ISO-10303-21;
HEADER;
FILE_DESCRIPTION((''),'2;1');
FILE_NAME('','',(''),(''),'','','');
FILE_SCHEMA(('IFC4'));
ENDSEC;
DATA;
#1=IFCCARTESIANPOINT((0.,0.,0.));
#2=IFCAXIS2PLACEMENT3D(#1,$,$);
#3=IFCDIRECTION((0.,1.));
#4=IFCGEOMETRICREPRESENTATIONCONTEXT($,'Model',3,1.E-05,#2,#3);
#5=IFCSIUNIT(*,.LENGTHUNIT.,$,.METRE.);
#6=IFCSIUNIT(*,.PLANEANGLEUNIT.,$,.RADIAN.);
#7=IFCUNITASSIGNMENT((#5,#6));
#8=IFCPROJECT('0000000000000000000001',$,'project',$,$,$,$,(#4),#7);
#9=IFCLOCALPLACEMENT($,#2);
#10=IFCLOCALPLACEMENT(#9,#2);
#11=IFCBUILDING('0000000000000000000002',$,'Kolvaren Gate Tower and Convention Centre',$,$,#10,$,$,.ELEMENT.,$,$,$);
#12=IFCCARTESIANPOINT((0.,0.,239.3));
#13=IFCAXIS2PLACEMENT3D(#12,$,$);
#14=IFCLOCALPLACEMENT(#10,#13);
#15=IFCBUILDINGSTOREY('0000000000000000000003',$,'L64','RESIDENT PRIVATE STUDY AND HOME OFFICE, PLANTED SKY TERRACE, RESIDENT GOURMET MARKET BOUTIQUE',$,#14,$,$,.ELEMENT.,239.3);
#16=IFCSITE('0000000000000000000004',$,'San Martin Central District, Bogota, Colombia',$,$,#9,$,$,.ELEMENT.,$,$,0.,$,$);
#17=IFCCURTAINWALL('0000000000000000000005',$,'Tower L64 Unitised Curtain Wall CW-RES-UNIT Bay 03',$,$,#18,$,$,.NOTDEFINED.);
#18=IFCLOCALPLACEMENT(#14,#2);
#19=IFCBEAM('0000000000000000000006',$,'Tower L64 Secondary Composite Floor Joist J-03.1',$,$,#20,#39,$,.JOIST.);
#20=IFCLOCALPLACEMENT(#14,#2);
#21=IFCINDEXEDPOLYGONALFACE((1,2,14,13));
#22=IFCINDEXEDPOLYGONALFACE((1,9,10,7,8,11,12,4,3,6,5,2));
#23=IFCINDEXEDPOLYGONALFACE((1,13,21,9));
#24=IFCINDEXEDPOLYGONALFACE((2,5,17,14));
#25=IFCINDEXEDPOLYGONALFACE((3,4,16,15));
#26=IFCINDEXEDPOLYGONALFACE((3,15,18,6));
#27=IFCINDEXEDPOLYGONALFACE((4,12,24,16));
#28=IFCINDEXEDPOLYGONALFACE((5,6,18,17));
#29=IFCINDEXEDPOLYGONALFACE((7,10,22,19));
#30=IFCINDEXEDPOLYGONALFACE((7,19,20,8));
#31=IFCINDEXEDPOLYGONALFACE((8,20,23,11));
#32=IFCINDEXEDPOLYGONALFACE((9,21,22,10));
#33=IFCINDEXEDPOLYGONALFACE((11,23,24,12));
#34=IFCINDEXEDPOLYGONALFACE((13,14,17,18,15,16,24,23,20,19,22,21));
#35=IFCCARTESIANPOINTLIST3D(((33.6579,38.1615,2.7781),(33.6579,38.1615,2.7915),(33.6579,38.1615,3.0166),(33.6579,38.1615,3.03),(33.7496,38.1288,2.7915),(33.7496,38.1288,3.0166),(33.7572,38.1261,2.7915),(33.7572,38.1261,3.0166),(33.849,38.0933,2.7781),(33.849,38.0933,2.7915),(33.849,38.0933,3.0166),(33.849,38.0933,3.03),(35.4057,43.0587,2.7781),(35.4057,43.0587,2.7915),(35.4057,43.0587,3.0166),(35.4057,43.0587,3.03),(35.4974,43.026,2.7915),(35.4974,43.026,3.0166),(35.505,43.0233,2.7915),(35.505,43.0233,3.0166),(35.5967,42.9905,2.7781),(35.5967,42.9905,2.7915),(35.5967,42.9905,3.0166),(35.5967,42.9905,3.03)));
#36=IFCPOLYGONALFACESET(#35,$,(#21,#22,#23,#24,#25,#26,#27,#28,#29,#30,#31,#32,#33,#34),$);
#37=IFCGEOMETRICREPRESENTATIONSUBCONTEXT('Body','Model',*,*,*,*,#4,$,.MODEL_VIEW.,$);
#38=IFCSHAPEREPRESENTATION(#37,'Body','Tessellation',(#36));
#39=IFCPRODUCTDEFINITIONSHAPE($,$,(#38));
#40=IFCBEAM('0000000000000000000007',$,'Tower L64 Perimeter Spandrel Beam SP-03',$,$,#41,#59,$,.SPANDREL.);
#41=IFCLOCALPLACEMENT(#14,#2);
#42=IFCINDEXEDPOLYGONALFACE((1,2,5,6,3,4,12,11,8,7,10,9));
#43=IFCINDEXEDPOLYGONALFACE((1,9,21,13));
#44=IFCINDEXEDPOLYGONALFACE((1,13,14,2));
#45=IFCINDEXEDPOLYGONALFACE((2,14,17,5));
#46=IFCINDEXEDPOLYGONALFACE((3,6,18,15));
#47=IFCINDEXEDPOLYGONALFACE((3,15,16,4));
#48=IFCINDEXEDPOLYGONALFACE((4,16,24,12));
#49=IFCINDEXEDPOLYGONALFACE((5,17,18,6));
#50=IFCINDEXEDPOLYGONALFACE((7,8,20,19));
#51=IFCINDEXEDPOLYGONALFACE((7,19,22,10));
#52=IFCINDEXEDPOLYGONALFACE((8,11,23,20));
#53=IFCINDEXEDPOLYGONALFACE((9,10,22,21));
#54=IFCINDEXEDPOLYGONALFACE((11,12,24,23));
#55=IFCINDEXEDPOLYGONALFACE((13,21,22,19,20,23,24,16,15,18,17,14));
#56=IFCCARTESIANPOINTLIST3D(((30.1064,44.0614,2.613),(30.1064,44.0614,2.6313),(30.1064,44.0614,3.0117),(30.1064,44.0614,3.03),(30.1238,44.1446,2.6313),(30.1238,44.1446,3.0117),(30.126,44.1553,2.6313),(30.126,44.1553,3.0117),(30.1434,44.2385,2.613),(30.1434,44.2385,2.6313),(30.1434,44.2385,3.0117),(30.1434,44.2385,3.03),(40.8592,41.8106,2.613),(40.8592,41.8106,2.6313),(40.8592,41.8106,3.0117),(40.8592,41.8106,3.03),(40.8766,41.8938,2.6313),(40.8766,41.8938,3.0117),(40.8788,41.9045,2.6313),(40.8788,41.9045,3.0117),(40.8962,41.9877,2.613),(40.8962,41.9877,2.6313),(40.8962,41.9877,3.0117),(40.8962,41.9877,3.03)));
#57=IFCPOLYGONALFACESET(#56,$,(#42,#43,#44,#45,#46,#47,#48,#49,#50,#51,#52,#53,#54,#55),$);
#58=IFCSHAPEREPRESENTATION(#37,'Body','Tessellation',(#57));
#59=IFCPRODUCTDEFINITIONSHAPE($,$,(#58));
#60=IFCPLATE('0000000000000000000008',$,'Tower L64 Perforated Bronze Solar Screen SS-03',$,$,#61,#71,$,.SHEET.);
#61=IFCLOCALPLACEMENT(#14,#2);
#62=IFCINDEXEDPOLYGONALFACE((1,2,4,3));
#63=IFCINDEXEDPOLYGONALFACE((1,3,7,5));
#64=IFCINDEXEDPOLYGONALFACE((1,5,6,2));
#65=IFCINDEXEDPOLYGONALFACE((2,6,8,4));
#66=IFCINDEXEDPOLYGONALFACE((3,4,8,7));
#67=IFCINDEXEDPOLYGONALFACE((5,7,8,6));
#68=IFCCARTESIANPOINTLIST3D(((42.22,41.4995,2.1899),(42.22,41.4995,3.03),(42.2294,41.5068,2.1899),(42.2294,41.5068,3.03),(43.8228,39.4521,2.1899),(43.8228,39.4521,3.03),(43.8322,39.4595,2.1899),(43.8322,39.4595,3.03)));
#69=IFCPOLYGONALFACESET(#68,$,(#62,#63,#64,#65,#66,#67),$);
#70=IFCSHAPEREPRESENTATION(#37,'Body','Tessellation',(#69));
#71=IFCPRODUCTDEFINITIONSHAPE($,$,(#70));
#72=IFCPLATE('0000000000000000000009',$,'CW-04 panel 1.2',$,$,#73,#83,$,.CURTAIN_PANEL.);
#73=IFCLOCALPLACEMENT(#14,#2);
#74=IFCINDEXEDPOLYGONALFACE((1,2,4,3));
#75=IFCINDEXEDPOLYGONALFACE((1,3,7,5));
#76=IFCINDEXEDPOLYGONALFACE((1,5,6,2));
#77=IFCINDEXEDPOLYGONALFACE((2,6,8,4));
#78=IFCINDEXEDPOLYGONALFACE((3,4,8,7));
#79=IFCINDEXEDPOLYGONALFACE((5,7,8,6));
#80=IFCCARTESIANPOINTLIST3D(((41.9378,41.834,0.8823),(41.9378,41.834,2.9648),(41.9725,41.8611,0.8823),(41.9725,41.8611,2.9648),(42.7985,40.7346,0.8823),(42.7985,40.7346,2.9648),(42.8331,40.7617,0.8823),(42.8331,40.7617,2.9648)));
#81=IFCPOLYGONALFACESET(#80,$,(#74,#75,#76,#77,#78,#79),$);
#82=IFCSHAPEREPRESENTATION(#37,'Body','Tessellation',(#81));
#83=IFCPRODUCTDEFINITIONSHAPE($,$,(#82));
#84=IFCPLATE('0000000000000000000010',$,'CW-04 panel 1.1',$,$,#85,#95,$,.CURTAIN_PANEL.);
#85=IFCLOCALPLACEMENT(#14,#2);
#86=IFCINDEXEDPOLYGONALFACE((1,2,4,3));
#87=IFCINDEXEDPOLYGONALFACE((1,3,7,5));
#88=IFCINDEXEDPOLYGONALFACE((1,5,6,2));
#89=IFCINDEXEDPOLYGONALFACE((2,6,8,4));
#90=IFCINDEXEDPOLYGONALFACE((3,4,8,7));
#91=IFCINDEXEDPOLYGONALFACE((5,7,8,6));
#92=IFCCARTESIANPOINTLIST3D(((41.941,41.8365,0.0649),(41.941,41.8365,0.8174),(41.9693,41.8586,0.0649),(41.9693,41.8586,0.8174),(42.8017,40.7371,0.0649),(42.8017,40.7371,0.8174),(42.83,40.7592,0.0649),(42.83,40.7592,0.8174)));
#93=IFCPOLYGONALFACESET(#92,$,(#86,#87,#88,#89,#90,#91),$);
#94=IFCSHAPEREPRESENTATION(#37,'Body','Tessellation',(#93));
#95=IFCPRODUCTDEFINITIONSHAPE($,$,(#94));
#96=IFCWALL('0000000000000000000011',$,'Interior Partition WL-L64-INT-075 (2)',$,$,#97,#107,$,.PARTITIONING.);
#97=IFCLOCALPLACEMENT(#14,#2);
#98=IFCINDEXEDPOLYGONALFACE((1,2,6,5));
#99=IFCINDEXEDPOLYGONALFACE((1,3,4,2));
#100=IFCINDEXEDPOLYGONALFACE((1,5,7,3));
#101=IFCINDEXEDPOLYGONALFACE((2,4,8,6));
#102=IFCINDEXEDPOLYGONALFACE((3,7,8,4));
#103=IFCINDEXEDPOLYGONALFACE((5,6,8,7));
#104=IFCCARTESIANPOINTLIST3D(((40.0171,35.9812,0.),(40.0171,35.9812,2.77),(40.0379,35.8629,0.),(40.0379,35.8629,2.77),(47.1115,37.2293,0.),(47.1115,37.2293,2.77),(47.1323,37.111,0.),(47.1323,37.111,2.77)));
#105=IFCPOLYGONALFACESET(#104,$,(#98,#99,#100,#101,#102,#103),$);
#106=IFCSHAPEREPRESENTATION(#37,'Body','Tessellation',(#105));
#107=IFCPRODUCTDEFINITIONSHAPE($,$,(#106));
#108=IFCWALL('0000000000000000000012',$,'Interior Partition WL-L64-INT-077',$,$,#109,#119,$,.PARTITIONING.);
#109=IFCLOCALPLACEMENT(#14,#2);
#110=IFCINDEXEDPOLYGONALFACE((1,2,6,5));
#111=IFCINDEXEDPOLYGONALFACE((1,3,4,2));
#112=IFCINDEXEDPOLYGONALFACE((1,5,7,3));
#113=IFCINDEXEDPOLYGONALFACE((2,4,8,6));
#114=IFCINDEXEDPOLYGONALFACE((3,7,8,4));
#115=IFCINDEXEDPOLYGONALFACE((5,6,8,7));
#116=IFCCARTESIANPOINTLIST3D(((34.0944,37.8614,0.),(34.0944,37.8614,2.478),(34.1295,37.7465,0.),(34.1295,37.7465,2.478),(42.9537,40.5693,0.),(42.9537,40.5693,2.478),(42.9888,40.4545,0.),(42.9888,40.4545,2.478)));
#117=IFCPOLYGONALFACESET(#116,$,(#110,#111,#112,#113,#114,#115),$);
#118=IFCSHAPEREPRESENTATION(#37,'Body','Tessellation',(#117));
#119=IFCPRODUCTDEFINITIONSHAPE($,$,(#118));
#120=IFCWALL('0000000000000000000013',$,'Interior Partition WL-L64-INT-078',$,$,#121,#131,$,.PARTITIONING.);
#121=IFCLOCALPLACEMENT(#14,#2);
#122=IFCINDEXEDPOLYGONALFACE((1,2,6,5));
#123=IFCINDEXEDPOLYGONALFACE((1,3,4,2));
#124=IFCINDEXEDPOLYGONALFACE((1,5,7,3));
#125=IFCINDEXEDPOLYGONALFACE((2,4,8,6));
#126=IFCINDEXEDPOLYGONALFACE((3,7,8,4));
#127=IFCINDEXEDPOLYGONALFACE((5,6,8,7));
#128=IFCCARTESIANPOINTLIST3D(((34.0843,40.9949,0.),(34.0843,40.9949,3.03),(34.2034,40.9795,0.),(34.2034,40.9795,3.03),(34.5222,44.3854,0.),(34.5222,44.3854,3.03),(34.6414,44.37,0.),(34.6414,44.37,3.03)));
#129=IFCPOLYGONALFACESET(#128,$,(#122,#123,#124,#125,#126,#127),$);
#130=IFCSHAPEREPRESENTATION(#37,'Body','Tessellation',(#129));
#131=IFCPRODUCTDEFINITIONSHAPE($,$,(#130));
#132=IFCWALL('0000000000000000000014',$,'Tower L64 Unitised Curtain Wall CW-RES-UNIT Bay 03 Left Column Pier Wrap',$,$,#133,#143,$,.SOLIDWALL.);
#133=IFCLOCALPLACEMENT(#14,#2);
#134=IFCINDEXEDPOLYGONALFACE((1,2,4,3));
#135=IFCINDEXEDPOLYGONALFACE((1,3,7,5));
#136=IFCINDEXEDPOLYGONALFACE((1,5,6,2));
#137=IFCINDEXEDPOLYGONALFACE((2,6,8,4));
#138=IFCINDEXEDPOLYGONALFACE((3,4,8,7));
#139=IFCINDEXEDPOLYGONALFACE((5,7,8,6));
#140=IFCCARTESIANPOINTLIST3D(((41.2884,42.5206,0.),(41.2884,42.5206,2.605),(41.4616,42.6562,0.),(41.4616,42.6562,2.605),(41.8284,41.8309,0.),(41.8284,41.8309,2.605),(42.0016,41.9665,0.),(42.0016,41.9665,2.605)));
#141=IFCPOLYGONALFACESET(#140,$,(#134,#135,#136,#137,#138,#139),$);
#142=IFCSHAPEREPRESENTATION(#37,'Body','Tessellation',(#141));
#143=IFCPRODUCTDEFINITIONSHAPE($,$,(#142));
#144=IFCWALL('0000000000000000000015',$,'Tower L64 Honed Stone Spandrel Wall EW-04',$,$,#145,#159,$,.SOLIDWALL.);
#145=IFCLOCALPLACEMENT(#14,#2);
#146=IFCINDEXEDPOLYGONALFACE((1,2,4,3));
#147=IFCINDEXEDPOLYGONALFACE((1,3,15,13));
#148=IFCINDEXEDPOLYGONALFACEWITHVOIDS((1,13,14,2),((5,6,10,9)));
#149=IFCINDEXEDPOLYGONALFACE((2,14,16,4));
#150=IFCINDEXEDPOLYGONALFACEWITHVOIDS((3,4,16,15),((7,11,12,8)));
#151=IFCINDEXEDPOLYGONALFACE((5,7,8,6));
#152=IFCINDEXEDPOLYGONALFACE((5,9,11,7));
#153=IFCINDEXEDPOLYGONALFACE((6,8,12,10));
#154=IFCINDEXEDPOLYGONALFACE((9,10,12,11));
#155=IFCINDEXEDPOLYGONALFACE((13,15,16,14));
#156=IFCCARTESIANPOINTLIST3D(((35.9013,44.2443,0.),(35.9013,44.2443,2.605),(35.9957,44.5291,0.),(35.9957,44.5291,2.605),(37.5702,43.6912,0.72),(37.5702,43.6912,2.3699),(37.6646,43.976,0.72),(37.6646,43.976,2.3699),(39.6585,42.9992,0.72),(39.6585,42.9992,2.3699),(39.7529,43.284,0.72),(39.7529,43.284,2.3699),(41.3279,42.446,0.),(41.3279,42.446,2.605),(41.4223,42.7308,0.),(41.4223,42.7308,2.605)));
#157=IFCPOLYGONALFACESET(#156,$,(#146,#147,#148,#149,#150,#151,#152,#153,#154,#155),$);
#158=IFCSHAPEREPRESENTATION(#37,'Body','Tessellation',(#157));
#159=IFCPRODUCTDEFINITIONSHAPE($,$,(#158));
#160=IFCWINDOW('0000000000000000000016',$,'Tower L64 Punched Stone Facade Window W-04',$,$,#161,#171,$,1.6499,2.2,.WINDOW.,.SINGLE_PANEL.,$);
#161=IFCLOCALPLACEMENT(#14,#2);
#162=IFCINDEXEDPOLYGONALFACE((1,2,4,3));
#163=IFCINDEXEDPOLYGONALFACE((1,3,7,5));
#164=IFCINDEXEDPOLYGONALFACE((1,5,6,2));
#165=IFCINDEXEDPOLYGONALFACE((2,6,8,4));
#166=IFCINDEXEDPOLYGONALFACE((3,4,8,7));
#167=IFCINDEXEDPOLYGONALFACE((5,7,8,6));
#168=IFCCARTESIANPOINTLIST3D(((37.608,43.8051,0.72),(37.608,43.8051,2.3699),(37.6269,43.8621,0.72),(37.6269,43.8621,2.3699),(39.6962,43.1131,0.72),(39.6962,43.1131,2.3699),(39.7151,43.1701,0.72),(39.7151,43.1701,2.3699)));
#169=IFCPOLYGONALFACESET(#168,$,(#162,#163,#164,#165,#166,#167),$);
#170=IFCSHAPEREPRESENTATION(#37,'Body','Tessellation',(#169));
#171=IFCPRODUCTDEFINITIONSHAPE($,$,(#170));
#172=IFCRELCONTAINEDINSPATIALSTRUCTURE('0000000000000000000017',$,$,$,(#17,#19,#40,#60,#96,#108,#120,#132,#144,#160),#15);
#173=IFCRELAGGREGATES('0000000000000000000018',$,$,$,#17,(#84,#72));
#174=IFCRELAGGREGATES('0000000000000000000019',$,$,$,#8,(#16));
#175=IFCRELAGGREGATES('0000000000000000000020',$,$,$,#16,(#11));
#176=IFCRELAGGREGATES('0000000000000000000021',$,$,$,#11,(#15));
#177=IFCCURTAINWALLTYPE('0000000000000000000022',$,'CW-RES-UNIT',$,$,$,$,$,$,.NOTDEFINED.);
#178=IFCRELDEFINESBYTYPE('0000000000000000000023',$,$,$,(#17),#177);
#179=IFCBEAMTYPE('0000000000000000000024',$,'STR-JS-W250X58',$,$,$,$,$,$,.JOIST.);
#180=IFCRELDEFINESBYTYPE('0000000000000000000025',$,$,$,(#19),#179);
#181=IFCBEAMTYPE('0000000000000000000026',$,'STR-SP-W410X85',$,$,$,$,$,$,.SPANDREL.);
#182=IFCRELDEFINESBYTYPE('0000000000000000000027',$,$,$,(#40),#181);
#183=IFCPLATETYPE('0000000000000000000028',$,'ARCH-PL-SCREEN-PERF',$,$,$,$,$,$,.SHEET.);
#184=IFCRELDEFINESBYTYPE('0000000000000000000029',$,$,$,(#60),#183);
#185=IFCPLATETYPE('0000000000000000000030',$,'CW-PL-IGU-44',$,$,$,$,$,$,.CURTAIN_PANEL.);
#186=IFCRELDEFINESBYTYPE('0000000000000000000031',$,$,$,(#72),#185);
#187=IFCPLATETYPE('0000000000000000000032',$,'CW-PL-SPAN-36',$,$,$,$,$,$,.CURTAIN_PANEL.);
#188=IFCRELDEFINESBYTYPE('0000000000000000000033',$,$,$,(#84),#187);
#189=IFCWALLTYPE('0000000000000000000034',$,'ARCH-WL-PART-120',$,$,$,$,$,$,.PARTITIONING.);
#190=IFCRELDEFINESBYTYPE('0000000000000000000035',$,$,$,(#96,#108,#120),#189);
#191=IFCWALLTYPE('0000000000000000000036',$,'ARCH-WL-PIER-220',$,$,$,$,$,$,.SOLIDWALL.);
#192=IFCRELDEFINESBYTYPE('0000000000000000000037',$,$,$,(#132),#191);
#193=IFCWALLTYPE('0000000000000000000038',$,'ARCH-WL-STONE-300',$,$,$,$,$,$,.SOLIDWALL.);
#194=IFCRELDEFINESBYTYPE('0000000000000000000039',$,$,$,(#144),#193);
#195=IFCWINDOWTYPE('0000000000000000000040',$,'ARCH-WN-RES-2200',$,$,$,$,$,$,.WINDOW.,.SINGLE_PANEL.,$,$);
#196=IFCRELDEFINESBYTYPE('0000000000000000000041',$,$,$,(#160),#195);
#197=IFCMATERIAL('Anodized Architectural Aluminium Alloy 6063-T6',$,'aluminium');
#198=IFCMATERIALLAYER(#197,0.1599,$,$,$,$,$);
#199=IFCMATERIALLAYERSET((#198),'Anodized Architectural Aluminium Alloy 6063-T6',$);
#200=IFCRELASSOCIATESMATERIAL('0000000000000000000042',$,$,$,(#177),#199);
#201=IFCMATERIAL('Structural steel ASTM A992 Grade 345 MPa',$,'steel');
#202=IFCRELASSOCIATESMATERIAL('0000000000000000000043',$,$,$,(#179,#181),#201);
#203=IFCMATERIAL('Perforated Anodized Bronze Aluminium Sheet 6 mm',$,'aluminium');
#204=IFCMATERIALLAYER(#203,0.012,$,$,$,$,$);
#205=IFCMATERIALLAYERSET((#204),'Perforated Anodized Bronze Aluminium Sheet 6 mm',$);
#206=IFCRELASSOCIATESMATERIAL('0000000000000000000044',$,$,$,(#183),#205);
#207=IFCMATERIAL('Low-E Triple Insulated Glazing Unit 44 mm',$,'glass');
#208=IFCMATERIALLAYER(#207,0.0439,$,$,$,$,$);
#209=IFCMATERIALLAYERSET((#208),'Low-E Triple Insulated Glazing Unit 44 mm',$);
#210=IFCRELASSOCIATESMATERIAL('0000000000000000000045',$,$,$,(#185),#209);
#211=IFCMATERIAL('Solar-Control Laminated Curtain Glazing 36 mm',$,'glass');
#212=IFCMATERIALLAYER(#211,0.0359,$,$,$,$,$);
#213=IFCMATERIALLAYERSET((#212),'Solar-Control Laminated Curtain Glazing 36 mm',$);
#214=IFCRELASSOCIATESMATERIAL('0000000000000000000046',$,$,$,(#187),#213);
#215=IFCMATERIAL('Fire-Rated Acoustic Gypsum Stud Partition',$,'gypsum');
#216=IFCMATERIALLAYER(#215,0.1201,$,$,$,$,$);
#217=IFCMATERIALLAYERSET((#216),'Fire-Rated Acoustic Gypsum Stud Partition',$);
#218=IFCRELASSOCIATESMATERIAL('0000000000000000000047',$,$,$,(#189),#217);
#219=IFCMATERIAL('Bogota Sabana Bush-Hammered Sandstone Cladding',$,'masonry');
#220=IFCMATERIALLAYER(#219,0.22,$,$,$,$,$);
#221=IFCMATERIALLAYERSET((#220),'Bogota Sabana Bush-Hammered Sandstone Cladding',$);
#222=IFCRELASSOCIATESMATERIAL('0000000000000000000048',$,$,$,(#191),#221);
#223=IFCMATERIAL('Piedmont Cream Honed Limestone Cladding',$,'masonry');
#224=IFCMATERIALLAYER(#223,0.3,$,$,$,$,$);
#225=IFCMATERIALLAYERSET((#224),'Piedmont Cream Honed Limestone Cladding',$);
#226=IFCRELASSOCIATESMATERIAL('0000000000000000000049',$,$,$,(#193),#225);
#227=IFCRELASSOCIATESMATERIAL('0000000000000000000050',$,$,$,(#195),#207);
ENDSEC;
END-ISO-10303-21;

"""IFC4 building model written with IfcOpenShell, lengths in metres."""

from ifc_helpers import new_model, si_unit, direction, frame, frame_2d, origin, origin_2d, place, context, subcontext, project, spatial, rectangle, i_section, extrude, material, layer, layer_set, material_profile, profile_set, type_object, element, fill, aggregate, save


model = new_model("IFC4")

# Units and contexts
model_context = context("Model", 3, precision=1e-05, world=origin(), true_north=direction((0.0, 1.0)))
body_context = subcontext(model_context, "Body", "Model", "MODEL_VIEW")
ifc_project = project(units=[si_unit("LENGTHUNIT", "METRE"), si_unit("PLANEANGLEUNIT", "RADIAN")], contexts=[model_context])

# Site, building, storey
site_placement = place(None, origin())
site = spatial("IfcSite", under=ifc_project, at=site_placement, Name="San Martin Central District, Bogota, Colombia", CompositionType="ELEMENT", RefElevation=0.0)
building_placement = place(site_placement, origin())
building = spatial("IfcBuilding", under=site, at=building_placement, Name="Kolvaren Gate Tower and Convention Centre", CompositionType="ELEMENT")
storey_placement = place(building_placement, frame((0.0, 0.0, 239.3)))
storey = spatial("IfcBuildingStorey", under=building, at=storey_placement, Name="L64", Description="RESIDENT PRIVATE STUDY AND HOME OFFICE, PLANTED SKY TERRACE, RESIDENT GOURMET MARKET BOUTIQUE", CompositionType="ELEMENT", Elevation=239.3)

# Curtain wall
ifc_material_1 = material(Name="Anodized Architectural Aluminium Alloy 6063-T6", Category="aluminium")
ifc_layer_1 = layer(ifc_material_1, 0.1599)
ifc_layer_set_1 = layer_set([ifc_layer_1], Name="Anodized Architectural Aluminium Alloy 6063-T6")
curtain_wall_type = type_object("IfcCurtainWallType", Name="CW-RES-UNIT", PredefinedType="NOTDEFINED", material=ifc_layer_set_1)
curtain_wall_placement = place(storey_placement, origin())
curtain_wall = element("IfcCurtainWall", 1, at=curtain_wall_placement, inside=storey, type_object=curtain_wall_type, Name="Tower L64 Unitised Curtain Wall CW-RES-UNIT Bay 03", PredefinedType="NOTDEFINED")

# Beams
ifc_material_2 = material(Name="Structural steel ASTM A992 Grade 345 MPa", Category="steel")
ifc_material_profile_1 = material_profile(ifc_material_2, i_section(OverallWidth=0.2029, OverallDepth=0.252, WebThickness=0.0081, FlangeThickness=0.0134, at=origin_2d()), Name="W250X58")
ifc_profile_set_1 = profile_set([ifc_material_profile_1], Name="Structural steel ASTM A992 Grade 345 MPa")
beam_type_1 = type_object("IfcBeamType", Name="STR-JS-W250X58", PredefinedType="JOIST", material=ifc_profile_set_1)
beam_1_placement = place(storey_placement, frame((33.7534, 38.1274, 2.9041), z_axis=(0.336131, 0.941815, 0.0), x_axis=(-0.941815, 0.336131, 0.0)))
element("IfcBeam", 2, at=beam_1_placement, inside=storey, type_object=beam_type_1, Name="Tower L64 Secondary Composite Floor Joist J-03.1", PredefinedType="JOIST", context=body_context, shape_type="SweptSolid", body=[
    extrude(i_section(OverallWidth=0.2029, OverallDepth=0.252, WebThickness=0.0081, FlangeThickness=0.0134, at=origin_2d()), origin(), (0.0, 0.0, 1.0), 5.1997),
])
ifc_material_profile_2 = material_profile(ifc_material_2, i_section(OverallWidth=0.1809, OverallDepth=0.417, WebThickness=0.011, FlangeThickness=0.0183, at=origin_2d()), Name="W410X85")
ifc_profile_set_2 = profile_set([ifc_material_profile_2], Name="Structural steel ASTM A992 Grade 345 MPa")
beam_type_2 = type_object("IfcBeamType", Name="STR-SP-W410X85", PredefinedType="SPANDREL", material=ifc_profile_set_2)
beam_2_placement = place(storey_placement, frame((40.8777, 41.8992, 2.8215), z_axis=(-0.978788, 0.204878, 0.0), x_axis=(-0.204878, -0.978788, 0.0)))
element("IfcBeam", 3, at=beam_2_placement, inside=storey, type_object=beam_type_2, Name="Tower L64 Perimeter Spandrel Beam SP-03", PredefinedType="SPANDREL", context=body_context, shape_type="SweptSolid", body=[
    extrude(i_section(OverallWidth=0.1809, OverallDepth=0.417, WebThickness=0.011, FlangeThickness=0.0183, at=origin_2d()), origin(), (0.0, 0.0, 1.0), 10.9858),
])

# Plates
ifc_material_3 = material(Name="Perforated Anodized Bronze Aluminium Sheet 6 mm", Category="aluminium")
ifc_layer_2 = layer(ifc_material_3, 0.012)
ifc_layer_set_2 = layer_set([ifc_layer_2], Name="Perforated Anodized Bronze Aluminium Sheet 6 mm")
plate_type_1 = type_object("IfcPlateType", Name="ARCH-PL-SCREEN-PERF", PredefinedType="SHEET", material=ifc_layer_set_2)
plate_1_placement = place(storey_placement, frame((43.0261, 40.4795, 2.1899), z_axis=(0.0, 0.0, 1.0), x_axis=(0.616435, -0.787405, 0.0)))
element("IfcPlate", 4, at=plate_1_placement, inside=storey, type_object=plate_type_1, Name="Tower L64 Perforated Bronze Solar Screen SS-03", PredefinedType="SHEET", context=body_context, shape_type="SweptSolid", body=[
    extrude(rectangle(XDim=2.6001, YDim=0.012, at=origin_2d()), origin(), (0.0, 0.0, 1.0), 0.8401),
])
ifc_material_4 = material(Name="Low-E Triple Insulated Glazing Unit 44 mm", Category="glass")
ifc_layer_3 = layer(ifc_material_4, 0.0439)
ifc_layer_set_3 = layer_set([ifc_layer_3], Name="Low-E Triple Insulated Glazing Unit 44 mm")
plate_type_2 = type_object("IfcPlateType", Name="CW-PL-IGU-44", PredefinedType="CURTAIN_PANEL", material=ifc_layer_set_3)
plate_2_placement = place(storey_placement, frame((42.3855, 41.2979, 0.8823), z_axis=(0.0, 0.0, 1.0), x_axis=(0.616439, -0.787403, 0.0)))
plate_2 = element("IfcPlate", 5, at=plate_2_placement, type_object=plate_type_2, Name="CW-04 panel 1.2", PredefinedType="CURTAIN_PANEL", context=body_context, shape_type="SweptSolid", body=[
    extrude(rectangle(XDim=1.3962, YDim=0.0439, at=origin_2d()), origin(), (0.0, 0.0, 1.0), 2.0825),
])
ifc_material_5 = material(Name="Solar-Control Laminated Curtain Glazing 36 mm", Category="glass")
ifc_layer_4 = layer(ifc_material_5, 0.0359)
ifc_layer_set_4 = layer_set([ifc_layer_4], Name="Solar-Control Laminated Curtain Glazing 36 mm")
plate_type_3 = type_object("IfcPlateType", Name="CW-PL-SPAN-36", PredefinedType="CURTAIN_PANEL", material=ifc_layer_set_4)
plate_3_placement = place(storey_placement, frame((42.3855, 41.2979, 0.0649), z_axis=(0.0, 0.0, 1.0), x_axis=(0.616439, -0.787403, 0.0)))
plate_3 = element("IfcPlate", 6, at=plate_3_placement, type_object=plate_type_3, Name="CW-04 panel 1.1", PredefinedType="CURTAIN_PANEL", context=body_context, shape_type="SweptSolid", body=[
    extrude(rectangle(XDim=1.3962, YDim=0.0359, at=origin_2d()), origin(), (0.0, 0.0, 1.0), 0.7524),
])
aggregate(curtain_wall, [plate_3, plate_2])

# Walls
ifc_material_6 = material(Name="Fire-Rated Acoustic Gypsum Stud Partition", Category="gypsum")
ifc_layer_5 = layer(ifc_material_6, 0.1201)
ifc_layer_set_5 = layer_set([ifc_layer_5], Name="Fire-Rated Acoustic Gypsum Stud Partition")
wall_type_1 = type_object("IfcWallType", Name="ARCH-WL-PART-120", PredefinedType="PARTITIONING", material=ifc_layer_set_5)
wall_1_placement = place(storey_placement, frame((40.0276, 35.9221, 0.0), z_axis=(0.0, 0.0, 1.0), x_axis=(0.984877, 0.173257, 0.0)))
element("IfcWall", 7, at=wall_1_placement, inside=storey, type_object=wall_type_1, Name="Interior Partition WL-L64-INT-075 (2)", PredefinedType="PARTITIONING", context=body_context, shape_type="SweptSolid", body=[
    extrude(rectangle(XDim=7.2034, YDim=0.1201, at=frame_2d((3.6016, 0.0))), origin(), (0.0, 0.0, 1.0), 2.77),
])
wall_2_placement = place(storey_placement, frame((34.1121, 37.804, 0.0), z_axis=(0.0, 0.0, 1.0), x_axis=(0.956322, 0.292315, 0.0)))
element("IfcWall", 8, at=wall_2_placement, inside=storey, type_object=wall_type_1, Name="Interior Partition WL-L64-INT-077", PredefinedType="PARTITIONING", context=body_context, shape_type="SweptSolid", body=[
    extrude(rectangle(XDim=9.2639, YDim=0.1201, at=frame_2d((4.6318, 0.0))), origin(), (0.0, 0.0, 1.0), 2.478),
])
wall_3_placement = place(storey_placement, frame((34.1438, 40.9871, 0.0), z_axis=(0.0, 0.0, 1.0), x_axis=(0.128112, 0.99176, 0.0)))
element("IfcWall", 9, at=wall_3_placement, inside=storey, type_object=wall_type_1, Name="Interior Partition WL-L64-INT-078", PredefinedType="PARTITIONING", context=body_context, shape_type="SweptSolid", body=[
    extrude(rectangle(XDim=3.4187, YDim=0.1201, at=frame_2d((1.7095, 0.0))), origin(), (0.0, 0.0, 1.0), 3.03),
])
ifc_material_7 = material(Name="Bogota Sabana Bush-Hammered Sandstone Cladding", Category="masonry")
ifc_layer_6 = layer(ifc_material_7, 0.22)
ifc_layer_set_6 = layer_set([ifc_layer_6], Name="Bogota Sabana Bush-Hammered Sandstone Cladding")
wall_type_2 = type_object("IfcWallType", Name="ARCH-WL-PIER-220", PredefinedType="SOLIDWALL", material=ifc_layer_set_6)
wall_4_placement = place(storey_placement, frame((41.375, 42.5884, 0.0), z_axis=(0.0, 0.0, 1.0), x_axis=(0.616504, -0.787352, 0.0)))
element("IfcWall", 10, at=wall_4_placement, inside=storey, type_object=wall_type_2, Name="Tower L64 Unitised Curtain Wall CW-RES-UNIT Bay 03 Left Column Pier Wrap", PredefinedType="SOLIDWALL", context=body_context, shape_type="SweptSolid", body=[
    extrude(rectangle(XDim=0.876, YDim=0.22, at=frame_2d((0.438, 0.0))), origin(), (0.0, 0.0, 1.0), 2.605),
])

# Wall, opening, window
ifc_material_8 = material(Name="Piedmont Cream Honed Limestone Cladding", Category="masonry")
ifc_layer_7 = layer(ifc_material_8, 0.3)
ifc_layer_set_7 = layer_set([ifc_layer_7], Name="Piedmont Cream Honed Limestone Cladding")
wall_type_3 = type_object("IfcWallType", Name="ARCH-WL-STONE-300", PredefinedType="SOLIDWALL", material=ifc_layer_set_7)
wall_5_placement = place(storey_placement, frame((35.9485, 44.3867, 0.0), z_axis=(0.0, 0.0, 1.0), x_axis=(0.949233, -0.314575, 0.0)))
wall_5 = element("IfcWall", 11, at=wall_5_placement, inside=storey, type_object=wall_type_3, Name="Tower L64 Honed Stone Spandrel Wall EW-04", PredefinedType="SOLIDWALL", context=body_context, shape_type="SweptSolid", body=[
    extrude(rectangle(XDim=5.7168, YDim=0.3, at=frame_2d((2.8584, 0.0))), origin(), (0.0, 0.0, 1.0), 2.605),
])
opening_placement = place(wall_5_placement, frame((1.7581, 0.0, 0.72)))
opening = element("IfcOpeningElement", 12, at=opening_placement, cuts=wall_5, PredefinedType="OPENING", context=body_context, shape_type="SweptSolid", body=[
    extrude(rectangle(XDim=2.2, YDim=1.6499, at=frame_2d((1.1001, 0.825))), frame((0.0, 0.1599, 0.0), z_axis=(0.0, -1.0, 0.0), x_axis=(1.0, 0.0, 0.0)), (0.0, 0.0, 1.0), 0.3201),
])
window_type = type_object("IfcWindowType", Name="ARCH-WN-RES-2200", PartitioningType="SINGLE_PANEL", PredefinedType="WINDOW", material=ifc_material_4)
window_placement = place(opening_placement, origin())
window = element("IfcWindow", 13, at=window_placement, inside=storey, type_object=window_type, Name="Tower L64 Punched Stone Facade Window W-04", OverallHeight=1.6499, OverallWidth=2.2, PartitioningType="SINGLE_PANEL", PredefinedType="WINDOW", context=body_context, shape_type="SweptSolid", body=[
    extrude(rectangle(XDim=2.2, YDim=1.6499, at=frame_2d((1.1001, 0.825))), frame((0.0, 0.03, 0.0), z_axis=(0.0, -1.0, 0.0), x_axis=(1.0, 0.0, 0.0)), (0.0, 0.0, 1.0), 0.0601),
])
fill(opening, window)

save(model, "model.ifc")
